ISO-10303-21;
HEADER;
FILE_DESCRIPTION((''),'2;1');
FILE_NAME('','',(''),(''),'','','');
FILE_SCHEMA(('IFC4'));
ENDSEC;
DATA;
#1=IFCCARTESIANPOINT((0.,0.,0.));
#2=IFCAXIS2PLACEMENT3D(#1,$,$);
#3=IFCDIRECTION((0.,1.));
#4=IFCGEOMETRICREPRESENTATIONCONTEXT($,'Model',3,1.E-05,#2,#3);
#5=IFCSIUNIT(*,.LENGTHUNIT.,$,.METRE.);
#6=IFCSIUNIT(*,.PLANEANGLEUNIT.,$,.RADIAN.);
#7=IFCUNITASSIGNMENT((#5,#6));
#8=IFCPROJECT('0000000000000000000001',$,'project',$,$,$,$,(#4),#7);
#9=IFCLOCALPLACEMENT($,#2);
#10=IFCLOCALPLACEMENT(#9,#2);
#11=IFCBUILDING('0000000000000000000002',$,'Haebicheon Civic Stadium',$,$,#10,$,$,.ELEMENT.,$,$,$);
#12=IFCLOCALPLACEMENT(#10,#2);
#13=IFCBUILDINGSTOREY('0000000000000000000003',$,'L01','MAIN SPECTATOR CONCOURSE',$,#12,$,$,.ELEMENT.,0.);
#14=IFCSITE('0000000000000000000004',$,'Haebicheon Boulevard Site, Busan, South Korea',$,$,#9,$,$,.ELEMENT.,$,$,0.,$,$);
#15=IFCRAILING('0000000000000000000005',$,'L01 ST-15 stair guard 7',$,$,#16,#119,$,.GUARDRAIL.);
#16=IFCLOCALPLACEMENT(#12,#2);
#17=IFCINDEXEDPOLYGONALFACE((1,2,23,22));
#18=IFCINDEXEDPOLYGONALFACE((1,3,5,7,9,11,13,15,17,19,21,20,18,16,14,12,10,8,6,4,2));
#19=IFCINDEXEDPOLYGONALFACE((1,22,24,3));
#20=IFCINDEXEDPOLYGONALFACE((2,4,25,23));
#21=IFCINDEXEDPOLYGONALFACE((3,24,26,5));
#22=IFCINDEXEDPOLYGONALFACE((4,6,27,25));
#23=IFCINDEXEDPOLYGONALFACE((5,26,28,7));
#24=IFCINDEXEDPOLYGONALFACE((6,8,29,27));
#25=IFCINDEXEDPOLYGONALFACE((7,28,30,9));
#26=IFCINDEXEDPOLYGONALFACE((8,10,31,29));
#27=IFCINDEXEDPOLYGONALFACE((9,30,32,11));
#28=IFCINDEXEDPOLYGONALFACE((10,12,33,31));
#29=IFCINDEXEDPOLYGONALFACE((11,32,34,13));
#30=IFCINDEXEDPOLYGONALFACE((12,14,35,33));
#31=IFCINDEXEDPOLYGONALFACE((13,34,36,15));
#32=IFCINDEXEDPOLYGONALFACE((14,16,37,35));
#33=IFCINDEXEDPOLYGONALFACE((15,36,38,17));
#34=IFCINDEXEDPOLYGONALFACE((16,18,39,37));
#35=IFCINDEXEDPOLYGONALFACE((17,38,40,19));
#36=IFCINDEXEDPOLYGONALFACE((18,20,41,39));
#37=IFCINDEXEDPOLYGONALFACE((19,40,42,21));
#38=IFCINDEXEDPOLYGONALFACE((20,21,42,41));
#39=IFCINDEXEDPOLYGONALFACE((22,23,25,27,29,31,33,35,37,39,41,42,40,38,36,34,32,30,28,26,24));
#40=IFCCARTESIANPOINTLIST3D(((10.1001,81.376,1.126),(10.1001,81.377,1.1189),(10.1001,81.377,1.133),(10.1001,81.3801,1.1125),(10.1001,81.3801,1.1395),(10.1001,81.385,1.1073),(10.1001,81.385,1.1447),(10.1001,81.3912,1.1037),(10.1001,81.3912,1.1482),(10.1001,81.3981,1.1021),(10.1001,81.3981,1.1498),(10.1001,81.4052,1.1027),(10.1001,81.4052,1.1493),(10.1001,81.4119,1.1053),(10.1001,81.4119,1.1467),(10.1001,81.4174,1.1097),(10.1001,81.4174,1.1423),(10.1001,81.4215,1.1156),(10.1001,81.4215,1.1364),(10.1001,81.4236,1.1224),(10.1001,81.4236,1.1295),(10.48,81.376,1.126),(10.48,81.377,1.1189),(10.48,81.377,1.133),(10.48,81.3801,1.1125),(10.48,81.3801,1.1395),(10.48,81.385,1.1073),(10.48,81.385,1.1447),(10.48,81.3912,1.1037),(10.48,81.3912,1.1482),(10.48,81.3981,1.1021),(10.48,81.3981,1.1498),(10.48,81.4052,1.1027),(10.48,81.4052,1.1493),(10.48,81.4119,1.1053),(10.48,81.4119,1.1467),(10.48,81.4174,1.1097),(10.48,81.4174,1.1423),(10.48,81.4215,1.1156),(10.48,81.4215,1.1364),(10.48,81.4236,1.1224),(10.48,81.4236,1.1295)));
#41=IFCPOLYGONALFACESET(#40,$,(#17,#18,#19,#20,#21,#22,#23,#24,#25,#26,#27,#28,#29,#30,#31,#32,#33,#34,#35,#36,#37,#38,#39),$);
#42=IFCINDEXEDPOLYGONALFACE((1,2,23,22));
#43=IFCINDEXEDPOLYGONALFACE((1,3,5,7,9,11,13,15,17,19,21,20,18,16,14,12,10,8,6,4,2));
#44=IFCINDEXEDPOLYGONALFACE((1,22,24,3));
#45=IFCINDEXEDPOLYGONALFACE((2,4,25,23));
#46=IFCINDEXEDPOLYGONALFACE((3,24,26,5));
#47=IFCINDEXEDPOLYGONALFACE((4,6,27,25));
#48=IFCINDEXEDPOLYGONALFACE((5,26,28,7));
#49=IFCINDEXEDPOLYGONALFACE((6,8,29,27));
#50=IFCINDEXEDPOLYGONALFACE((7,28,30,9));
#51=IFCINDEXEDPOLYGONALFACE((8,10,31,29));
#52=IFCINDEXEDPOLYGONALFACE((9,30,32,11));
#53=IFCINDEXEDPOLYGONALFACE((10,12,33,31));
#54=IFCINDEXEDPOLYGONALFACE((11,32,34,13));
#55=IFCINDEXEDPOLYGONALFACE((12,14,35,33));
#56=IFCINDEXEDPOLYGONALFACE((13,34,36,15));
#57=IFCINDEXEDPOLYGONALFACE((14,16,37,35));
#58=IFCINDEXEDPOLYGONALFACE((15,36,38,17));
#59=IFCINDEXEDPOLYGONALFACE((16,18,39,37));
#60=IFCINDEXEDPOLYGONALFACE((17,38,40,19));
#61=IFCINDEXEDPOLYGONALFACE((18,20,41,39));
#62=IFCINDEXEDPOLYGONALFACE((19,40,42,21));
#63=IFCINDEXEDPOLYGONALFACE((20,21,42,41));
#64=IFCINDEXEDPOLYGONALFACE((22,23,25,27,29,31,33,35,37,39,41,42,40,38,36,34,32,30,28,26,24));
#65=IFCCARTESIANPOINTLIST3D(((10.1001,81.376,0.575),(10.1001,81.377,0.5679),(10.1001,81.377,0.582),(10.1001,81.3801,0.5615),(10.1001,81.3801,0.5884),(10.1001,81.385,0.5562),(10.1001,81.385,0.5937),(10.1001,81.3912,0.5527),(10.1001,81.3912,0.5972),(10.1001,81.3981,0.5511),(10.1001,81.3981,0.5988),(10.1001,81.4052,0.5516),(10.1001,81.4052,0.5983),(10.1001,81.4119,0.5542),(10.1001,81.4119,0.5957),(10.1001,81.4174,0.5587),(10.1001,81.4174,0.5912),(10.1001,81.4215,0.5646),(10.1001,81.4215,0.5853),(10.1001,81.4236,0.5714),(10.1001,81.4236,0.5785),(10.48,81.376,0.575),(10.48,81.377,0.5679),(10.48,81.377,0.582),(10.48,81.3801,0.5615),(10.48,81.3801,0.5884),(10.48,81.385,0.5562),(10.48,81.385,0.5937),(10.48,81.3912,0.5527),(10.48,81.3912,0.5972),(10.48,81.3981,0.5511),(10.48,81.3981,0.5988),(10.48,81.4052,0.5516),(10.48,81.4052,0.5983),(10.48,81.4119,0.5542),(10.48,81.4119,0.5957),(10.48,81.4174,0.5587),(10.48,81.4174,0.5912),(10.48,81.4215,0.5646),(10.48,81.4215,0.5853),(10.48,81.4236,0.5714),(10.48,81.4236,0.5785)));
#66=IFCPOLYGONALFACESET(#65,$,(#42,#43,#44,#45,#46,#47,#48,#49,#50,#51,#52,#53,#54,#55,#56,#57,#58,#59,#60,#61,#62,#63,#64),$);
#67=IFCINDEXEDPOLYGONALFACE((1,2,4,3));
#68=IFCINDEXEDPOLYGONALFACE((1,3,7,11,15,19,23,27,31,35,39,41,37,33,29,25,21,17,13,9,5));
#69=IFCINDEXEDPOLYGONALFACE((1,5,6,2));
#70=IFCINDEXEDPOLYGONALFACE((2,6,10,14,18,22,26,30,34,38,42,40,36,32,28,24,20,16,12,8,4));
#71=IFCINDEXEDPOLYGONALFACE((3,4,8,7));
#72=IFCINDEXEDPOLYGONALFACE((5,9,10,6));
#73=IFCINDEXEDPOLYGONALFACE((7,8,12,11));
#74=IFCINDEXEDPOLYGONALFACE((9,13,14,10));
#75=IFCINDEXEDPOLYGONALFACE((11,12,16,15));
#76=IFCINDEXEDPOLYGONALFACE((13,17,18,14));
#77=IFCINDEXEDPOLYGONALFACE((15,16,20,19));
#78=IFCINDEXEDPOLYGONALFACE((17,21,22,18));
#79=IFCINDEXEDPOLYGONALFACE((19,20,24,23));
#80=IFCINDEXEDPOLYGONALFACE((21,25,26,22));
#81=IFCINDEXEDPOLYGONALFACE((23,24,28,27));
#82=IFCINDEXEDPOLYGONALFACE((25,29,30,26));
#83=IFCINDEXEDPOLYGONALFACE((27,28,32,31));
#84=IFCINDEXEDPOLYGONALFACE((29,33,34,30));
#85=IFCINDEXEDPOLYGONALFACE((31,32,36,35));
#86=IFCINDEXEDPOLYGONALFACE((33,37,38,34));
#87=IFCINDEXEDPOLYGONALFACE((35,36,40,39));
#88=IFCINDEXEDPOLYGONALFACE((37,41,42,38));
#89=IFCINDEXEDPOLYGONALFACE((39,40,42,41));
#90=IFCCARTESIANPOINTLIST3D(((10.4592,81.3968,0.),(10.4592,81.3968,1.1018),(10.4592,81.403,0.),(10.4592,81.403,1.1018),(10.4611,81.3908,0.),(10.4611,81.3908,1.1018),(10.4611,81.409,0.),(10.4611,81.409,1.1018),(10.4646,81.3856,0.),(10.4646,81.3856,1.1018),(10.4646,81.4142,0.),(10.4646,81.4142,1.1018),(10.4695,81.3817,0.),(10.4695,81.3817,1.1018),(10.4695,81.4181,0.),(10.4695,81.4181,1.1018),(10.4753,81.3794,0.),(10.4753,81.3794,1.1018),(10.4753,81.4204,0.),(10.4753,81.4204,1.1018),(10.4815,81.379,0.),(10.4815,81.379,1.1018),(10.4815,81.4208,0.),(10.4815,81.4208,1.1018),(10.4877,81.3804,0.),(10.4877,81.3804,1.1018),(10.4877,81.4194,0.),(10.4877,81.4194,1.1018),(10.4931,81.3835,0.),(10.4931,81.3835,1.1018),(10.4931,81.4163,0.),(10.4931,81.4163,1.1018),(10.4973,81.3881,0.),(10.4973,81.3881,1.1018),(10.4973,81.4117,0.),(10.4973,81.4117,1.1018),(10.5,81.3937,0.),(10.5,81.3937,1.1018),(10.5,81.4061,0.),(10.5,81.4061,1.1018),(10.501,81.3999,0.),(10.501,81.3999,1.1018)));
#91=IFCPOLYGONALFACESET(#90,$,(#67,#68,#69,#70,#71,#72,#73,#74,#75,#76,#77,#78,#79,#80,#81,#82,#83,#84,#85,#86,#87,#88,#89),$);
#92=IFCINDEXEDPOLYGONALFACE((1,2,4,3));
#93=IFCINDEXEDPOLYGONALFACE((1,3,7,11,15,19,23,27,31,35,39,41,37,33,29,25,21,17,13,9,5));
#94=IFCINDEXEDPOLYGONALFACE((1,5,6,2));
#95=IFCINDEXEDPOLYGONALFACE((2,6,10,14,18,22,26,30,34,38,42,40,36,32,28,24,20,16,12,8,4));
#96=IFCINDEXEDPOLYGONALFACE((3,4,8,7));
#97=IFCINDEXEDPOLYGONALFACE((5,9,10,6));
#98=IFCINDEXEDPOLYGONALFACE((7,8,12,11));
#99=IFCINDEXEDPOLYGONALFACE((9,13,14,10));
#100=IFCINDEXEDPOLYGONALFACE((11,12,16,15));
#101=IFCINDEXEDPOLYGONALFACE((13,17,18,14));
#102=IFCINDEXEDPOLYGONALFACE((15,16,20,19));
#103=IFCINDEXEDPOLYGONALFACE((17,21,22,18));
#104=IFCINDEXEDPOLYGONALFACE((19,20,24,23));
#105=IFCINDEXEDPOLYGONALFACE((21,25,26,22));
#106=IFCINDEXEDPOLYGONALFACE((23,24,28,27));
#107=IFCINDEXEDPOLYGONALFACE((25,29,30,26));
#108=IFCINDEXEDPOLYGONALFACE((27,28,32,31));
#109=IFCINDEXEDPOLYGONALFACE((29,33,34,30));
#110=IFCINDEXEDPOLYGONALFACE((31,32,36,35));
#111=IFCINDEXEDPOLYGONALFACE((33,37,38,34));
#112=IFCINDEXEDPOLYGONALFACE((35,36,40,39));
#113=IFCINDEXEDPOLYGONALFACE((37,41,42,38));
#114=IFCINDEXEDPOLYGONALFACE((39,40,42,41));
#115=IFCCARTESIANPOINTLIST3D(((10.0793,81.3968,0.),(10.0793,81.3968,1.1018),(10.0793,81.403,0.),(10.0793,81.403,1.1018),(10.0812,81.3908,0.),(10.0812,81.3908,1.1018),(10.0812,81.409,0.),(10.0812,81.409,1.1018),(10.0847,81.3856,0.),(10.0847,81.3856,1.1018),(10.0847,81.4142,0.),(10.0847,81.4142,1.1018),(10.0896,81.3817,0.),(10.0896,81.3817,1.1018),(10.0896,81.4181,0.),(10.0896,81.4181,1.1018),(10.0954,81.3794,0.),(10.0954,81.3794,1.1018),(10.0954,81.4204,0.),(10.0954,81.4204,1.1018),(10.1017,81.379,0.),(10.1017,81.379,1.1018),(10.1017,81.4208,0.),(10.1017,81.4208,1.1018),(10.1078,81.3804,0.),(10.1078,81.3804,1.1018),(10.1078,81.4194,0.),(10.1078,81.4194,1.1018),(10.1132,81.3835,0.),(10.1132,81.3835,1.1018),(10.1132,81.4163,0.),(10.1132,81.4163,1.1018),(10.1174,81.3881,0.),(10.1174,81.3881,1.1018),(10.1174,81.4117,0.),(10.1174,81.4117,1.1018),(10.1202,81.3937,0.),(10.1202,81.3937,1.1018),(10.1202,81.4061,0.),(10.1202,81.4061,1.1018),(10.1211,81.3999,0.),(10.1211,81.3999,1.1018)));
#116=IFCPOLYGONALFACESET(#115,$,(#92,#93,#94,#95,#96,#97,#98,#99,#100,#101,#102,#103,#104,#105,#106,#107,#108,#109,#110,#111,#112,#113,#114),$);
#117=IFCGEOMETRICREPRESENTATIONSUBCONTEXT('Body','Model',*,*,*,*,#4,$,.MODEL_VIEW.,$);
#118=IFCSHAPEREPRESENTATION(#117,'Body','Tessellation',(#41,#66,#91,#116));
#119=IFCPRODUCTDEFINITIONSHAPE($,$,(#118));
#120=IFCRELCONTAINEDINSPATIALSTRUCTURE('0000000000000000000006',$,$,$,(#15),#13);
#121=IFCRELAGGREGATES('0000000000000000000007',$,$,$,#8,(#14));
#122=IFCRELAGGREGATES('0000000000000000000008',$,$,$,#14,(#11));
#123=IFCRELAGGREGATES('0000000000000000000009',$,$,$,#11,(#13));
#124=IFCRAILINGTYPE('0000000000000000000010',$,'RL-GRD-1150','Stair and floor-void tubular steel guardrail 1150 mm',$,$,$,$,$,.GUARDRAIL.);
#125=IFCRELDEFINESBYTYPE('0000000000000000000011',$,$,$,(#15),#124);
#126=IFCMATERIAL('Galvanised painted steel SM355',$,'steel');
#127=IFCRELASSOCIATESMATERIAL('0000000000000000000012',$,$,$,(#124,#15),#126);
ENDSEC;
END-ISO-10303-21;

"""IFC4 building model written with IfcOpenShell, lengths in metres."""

from ifc_helpers import new_model, si_unit, direction, frame, origin, origin_2d, place, context, subcontext, project, spatial, circle, extrude, material, type_object, element, save


model = new_model("IFC4")

# Units and contexts
model_context = context("Model", 3, precision=1e-05, world=origin(), true_north=direction((0.0, 1.0)))
body_context = subcontext(model_context, "Body", "Model", "MODEL_VIEW")
ifc_project = project(units=[si_unit("LENGTHUNIT", "METRE"), si_unit("PLANEANGLEUNIT", "RADIAN")], contexts=[model_context])

# Site, building, storey
site_placement = place(None, origin())
site = spatial("IfcSite", under=ifc_project, at=site_placement, Name="Haebicheon Boulevard Site, Busan, South Korea", CompositionType="ELEMENT", RefElevation=0.0)
building_placement = place(site_placement, origin())
building = spatial("IfcBuilding", under=site, at=building_placement, Name="Haebicheon Civic Stadium", CompositionType="ELEMENT")
storey_placement = place(building_placement, origin())
storey = spatial("IfcBuildingStorey", under=building, at=storey_placement, Name="L01", Description="MAIN SPECTATOR CONCOURSE", CompositionType="ELEMENT", Elevation=0.0)

# Railing
ifc_material_1 = material(Name="Galvanised painted steel SM355", Category="steel")
railing_type_1 = type_object("IfcRailingType", Name="RL-GRD-1150", Description="Stair and floor-void tubular steel guardrail 1150 mm", PredefinedType="GUARDRAIL", material=ifc_material_1)
railing_1_placement = place(storey_placement, frame((10.48, 81.3999, 0.0)))
element("IfcRailing", 1, at=railing_1_placement, inside=storey, type_object=railing_type_1, material=ifc_material_1, Name="L01 ST-15 stair guard 7", PredefinedType="GUARDRAIL", context=body_context, shape_type="SweptSolid", body=[
    extrude(circle(Radius=0.0239, at=origin_2d()), frame((0.0, 0.0, 1.126), z_axis=(-1.0, 0.0, 0.0), x_axis=(0.0, -1.0, 0.0)), (0.0, 0.0, 1.0), 0.3799),
    extrude(circle(Radius=0.0239, at=origin_2d()), frame((0.0, 0.0, 0.575), z_axis=(-1.0, 0.0, 0.0), x_axis=(0.0, -1.0, 0.0)), (0.0, 0.0, 1.0), 0.3799),
    extrude(circle(Radius=0.021, at=origin_2d()), origin(), (0.0, 0.0, 1.0), 1.1018),
    extrude(circle(Radius=0.021, at=origin_2d()), frame((-0.3799, 0.0, 0.0)), (0.0, 0.0, 1.0), 1.1018),
])

save(model, "model.ifc")
